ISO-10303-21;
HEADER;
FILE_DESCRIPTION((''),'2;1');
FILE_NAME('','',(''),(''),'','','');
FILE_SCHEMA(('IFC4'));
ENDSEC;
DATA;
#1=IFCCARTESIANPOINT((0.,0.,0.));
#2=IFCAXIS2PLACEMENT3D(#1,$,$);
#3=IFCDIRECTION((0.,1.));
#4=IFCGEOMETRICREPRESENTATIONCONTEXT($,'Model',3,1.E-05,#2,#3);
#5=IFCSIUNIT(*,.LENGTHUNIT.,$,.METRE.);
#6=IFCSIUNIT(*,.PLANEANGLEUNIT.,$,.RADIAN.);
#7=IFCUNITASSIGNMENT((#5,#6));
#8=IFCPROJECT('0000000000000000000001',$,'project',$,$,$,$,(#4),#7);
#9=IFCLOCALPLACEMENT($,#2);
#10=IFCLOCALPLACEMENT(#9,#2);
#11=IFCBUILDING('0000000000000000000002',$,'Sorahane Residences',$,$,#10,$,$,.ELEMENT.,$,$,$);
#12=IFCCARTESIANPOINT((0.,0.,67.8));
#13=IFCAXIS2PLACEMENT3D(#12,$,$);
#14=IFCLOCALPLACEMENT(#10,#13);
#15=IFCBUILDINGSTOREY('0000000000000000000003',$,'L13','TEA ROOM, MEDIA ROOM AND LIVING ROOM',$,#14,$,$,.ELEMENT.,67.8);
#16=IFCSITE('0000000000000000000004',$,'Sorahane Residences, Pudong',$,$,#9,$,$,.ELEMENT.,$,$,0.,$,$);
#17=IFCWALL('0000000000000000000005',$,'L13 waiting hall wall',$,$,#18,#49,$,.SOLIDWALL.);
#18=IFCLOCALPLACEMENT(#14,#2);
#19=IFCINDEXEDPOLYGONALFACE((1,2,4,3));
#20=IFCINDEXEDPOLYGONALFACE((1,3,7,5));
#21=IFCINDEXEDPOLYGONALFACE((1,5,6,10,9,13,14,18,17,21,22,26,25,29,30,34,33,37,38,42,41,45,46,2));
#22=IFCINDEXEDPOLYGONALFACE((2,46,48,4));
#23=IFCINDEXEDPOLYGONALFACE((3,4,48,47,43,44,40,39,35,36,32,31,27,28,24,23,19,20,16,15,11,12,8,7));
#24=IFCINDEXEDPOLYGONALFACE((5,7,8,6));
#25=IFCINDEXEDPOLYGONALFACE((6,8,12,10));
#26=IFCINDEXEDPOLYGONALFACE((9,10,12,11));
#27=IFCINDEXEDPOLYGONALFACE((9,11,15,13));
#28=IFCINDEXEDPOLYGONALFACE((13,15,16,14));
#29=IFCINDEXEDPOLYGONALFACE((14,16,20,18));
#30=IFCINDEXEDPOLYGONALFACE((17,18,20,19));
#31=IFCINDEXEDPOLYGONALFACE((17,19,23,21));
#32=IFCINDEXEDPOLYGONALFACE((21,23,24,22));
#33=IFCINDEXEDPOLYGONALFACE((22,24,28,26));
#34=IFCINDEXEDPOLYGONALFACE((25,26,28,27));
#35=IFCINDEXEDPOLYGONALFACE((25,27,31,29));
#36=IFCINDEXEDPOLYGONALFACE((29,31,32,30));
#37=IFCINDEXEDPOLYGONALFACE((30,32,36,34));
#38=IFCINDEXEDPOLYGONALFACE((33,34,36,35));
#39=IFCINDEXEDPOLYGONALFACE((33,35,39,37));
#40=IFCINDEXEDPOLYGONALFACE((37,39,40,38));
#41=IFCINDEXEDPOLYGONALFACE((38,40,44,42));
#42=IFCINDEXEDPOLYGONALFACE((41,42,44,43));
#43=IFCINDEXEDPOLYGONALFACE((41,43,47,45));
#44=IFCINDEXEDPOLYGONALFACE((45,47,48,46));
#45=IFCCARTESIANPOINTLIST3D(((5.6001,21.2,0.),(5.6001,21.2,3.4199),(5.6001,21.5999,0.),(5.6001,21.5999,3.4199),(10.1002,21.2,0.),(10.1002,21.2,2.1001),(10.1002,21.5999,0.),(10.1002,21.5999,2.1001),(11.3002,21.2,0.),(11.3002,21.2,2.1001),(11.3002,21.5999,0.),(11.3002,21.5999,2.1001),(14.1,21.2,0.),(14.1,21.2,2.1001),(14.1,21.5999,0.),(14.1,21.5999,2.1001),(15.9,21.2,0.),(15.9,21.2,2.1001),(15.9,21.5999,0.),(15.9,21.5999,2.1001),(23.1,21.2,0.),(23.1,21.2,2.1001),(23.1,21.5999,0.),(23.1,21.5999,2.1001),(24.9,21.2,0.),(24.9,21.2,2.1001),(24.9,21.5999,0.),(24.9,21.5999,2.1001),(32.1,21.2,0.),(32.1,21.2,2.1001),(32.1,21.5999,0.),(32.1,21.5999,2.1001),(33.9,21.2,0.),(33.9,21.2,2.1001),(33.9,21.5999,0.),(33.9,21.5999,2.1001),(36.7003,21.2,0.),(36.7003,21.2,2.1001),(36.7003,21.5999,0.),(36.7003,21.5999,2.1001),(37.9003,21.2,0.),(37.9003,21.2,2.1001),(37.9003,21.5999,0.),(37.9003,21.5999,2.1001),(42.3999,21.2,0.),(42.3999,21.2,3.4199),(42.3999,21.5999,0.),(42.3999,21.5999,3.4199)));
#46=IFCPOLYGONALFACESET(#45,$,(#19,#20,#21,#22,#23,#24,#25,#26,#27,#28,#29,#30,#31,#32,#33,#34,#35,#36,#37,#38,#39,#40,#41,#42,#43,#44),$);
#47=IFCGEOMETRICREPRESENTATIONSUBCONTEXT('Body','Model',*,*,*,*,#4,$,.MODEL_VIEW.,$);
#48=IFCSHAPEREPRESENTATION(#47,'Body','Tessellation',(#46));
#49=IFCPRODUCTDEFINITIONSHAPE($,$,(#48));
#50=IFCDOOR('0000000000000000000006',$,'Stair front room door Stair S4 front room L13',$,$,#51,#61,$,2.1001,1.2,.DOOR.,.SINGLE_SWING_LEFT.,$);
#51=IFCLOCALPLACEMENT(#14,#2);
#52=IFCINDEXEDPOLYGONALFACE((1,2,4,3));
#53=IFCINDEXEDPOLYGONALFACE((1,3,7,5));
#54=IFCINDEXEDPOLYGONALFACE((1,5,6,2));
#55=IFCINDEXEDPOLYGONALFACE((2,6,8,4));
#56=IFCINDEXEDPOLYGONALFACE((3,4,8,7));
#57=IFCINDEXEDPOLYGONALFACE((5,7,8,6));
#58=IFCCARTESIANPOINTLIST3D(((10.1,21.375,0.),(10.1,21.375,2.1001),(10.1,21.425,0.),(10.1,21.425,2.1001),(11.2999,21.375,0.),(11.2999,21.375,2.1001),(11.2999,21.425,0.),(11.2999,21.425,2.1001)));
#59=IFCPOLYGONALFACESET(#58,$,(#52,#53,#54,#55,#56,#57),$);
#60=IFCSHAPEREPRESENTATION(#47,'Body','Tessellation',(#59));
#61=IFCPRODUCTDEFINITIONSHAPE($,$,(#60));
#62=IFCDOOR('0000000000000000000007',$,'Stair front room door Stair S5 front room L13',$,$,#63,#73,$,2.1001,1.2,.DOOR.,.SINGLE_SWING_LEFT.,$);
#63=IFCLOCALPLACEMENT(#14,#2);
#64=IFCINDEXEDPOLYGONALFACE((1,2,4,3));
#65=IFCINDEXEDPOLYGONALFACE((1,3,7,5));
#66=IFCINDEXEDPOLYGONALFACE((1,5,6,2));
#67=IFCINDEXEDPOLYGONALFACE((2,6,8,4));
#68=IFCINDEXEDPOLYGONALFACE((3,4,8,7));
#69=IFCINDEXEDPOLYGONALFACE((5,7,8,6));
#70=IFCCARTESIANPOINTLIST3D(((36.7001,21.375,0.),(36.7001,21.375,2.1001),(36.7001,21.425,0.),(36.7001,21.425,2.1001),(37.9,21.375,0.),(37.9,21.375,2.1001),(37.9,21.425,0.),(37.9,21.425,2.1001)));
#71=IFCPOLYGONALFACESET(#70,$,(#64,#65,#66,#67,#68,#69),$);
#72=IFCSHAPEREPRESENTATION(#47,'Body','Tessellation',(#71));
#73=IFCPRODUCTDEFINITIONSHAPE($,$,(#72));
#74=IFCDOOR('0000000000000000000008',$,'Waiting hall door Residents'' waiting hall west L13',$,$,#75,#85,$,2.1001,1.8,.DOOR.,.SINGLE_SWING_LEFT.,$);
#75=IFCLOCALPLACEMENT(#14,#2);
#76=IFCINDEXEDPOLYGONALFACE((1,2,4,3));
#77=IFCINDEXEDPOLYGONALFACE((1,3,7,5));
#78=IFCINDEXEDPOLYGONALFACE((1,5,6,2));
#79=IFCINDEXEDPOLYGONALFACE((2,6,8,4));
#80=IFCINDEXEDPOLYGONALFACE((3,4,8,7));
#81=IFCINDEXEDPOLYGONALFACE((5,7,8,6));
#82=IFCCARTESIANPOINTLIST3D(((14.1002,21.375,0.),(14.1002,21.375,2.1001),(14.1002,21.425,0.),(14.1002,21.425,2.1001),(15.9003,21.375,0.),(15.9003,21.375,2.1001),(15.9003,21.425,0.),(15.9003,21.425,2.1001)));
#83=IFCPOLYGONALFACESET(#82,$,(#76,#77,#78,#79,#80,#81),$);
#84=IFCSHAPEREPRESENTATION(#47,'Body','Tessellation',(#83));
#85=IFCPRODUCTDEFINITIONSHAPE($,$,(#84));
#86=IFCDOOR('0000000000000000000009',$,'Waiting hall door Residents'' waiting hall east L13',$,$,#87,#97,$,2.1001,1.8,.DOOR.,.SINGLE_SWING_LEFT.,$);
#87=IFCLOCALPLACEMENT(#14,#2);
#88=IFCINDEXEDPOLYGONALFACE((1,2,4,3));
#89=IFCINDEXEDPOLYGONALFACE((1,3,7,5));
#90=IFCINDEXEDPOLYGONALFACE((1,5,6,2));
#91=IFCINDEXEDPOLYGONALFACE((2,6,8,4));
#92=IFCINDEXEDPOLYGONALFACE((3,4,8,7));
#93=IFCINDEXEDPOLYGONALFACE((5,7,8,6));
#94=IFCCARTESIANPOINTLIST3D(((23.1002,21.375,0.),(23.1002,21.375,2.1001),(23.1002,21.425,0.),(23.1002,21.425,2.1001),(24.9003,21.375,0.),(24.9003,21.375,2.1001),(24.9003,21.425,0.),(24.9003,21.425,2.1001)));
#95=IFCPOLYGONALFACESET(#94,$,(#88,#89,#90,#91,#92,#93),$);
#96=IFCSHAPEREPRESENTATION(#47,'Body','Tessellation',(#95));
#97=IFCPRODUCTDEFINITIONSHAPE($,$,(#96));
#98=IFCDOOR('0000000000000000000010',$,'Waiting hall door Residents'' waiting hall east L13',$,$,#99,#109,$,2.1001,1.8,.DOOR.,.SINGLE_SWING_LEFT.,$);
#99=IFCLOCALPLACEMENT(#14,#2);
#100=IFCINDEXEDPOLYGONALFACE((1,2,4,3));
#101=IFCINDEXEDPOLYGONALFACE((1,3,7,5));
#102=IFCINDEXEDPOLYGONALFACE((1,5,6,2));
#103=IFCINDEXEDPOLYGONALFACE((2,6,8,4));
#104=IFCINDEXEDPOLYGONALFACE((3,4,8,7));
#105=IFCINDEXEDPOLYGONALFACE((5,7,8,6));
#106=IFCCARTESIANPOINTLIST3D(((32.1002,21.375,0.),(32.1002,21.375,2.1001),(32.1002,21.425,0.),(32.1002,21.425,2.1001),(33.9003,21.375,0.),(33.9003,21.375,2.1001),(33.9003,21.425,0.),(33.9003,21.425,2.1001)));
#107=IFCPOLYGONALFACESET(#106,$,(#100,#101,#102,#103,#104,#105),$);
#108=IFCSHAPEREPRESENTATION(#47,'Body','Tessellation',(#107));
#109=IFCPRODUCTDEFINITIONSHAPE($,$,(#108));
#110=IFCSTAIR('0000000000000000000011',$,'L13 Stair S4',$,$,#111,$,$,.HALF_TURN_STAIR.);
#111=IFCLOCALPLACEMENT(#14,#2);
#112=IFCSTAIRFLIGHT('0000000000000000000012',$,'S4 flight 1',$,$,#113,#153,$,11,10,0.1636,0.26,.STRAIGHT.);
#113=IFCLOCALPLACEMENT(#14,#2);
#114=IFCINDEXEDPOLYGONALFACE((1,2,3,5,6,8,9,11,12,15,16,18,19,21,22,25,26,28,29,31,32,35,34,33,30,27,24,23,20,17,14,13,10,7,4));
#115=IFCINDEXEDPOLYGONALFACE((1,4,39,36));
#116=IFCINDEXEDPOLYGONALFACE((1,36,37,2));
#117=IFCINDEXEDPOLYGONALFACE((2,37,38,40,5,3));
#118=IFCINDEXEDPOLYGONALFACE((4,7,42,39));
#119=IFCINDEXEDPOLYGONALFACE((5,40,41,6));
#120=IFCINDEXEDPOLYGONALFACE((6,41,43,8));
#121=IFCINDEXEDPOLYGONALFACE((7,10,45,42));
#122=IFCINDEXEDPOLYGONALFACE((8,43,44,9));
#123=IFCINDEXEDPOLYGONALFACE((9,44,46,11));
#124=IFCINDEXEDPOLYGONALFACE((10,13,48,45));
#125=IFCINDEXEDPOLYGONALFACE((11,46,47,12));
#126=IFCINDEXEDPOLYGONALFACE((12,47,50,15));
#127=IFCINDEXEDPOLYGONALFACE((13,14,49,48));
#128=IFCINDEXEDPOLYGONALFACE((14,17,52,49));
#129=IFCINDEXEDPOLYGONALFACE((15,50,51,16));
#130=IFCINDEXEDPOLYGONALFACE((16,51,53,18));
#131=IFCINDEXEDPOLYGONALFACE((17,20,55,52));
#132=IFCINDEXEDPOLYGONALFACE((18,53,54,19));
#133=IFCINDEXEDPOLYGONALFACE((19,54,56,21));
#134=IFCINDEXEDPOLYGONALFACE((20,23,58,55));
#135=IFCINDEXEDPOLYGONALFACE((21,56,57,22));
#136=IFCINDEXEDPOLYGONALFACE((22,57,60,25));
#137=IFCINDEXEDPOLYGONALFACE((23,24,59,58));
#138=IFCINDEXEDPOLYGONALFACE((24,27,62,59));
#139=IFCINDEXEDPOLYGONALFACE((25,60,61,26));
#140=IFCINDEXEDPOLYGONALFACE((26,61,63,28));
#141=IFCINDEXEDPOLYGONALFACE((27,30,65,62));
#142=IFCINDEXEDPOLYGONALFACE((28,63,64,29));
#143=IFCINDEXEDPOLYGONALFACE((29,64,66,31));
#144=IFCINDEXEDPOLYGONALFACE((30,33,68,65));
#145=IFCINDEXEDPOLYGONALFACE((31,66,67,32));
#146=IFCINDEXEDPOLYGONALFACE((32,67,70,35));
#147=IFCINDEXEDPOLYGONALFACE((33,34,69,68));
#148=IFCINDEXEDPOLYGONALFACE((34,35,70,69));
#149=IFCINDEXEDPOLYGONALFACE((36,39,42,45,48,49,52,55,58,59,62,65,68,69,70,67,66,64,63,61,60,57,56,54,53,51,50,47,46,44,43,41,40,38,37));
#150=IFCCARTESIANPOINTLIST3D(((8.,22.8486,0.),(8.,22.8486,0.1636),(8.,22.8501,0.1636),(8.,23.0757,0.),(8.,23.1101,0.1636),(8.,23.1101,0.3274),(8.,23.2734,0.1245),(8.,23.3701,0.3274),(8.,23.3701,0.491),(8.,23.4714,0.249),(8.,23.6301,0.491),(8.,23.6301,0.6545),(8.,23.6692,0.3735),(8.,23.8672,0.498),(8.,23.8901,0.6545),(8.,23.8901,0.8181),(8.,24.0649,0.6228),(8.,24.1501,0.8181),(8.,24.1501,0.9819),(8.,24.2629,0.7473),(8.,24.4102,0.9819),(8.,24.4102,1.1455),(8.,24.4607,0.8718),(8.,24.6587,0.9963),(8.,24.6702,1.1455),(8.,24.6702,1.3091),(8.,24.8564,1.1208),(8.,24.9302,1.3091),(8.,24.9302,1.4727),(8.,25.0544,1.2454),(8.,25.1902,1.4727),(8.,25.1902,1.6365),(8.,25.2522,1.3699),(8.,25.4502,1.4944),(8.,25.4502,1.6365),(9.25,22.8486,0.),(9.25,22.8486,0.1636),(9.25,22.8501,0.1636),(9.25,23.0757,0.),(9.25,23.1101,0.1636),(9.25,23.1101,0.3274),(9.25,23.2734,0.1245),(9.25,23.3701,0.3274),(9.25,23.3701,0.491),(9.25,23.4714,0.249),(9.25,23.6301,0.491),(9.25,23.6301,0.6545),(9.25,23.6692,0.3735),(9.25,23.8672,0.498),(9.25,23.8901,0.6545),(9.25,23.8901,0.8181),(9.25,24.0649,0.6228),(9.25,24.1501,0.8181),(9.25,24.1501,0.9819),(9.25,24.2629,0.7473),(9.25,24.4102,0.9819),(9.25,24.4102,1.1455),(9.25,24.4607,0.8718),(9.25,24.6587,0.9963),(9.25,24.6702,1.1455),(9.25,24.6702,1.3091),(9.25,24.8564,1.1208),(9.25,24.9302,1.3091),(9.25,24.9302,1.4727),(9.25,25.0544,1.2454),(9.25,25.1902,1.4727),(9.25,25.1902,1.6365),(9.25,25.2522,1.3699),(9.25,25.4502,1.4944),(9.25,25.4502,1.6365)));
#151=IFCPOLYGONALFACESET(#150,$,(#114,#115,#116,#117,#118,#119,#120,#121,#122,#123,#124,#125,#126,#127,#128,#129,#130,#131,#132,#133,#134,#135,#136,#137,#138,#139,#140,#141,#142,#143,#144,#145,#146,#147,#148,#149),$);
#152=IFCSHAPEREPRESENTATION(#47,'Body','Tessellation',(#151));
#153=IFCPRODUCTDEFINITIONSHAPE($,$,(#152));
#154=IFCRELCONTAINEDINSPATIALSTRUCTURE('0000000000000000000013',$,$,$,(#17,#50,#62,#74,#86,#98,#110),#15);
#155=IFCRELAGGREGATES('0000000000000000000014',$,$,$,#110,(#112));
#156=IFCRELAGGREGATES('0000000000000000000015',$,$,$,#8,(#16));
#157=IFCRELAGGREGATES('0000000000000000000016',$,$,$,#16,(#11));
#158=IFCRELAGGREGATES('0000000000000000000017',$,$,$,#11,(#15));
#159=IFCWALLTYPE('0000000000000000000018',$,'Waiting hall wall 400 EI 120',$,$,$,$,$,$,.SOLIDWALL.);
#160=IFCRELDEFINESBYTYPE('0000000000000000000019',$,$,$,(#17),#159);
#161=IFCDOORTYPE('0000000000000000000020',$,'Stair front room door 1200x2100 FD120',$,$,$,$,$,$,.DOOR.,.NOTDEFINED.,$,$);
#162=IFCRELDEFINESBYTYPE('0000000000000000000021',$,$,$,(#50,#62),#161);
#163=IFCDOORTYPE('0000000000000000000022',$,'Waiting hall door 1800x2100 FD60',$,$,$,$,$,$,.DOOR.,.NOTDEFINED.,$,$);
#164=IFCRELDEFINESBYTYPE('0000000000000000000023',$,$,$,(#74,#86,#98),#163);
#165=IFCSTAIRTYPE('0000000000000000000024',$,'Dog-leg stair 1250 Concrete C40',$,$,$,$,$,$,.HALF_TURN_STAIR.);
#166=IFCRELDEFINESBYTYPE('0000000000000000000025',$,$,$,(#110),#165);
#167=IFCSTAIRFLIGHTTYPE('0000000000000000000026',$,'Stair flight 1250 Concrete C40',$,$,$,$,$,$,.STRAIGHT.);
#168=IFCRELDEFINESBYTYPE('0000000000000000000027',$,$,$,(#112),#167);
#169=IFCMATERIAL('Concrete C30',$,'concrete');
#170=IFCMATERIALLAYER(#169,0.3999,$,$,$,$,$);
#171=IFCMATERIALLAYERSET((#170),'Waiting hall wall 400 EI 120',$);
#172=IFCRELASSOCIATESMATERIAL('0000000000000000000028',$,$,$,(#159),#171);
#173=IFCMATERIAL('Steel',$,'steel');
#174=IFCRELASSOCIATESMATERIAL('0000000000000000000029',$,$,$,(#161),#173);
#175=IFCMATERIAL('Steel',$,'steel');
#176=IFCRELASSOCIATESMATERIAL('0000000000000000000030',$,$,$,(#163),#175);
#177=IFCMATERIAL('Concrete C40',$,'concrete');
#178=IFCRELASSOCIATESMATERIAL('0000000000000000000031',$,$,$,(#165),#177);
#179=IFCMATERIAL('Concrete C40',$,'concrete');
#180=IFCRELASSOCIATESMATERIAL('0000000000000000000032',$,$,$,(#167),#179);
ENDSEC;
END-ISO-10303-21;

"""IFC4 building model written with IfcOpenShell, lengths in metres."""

from ifc_helpers import new_model, si_unit, direction, frame, frame_2d, origin, place, context, subcontext, project, spatial, polyline, rectangle, outline, extrude, material, layer, layer_set, type_object, element, fill, aggregate, save


model = new_model("IFC4")

# Units and contexts
model_context = context("Model", 3, precision=1e-05, world=origin(), true_north=direction((0.0, 1.0)))
body_context = subcontext(model_context, "Body", "Model", "MODEL_VIEW")
ifc_project = project(units=[si_unit("LENGTHUNIT", "METRE"), si_unit("PLANEANGLEUNIT", "RADIAN")], contexts=[model_context])

# Site, building, storey
site_placement = place(None, origin())
site = spatial("IfcSite", under=ifc_project, at=site_placement, Name="Sorahane Residences, Pudong", CompositionType="ELEMENT", RefElevation=0.0)
building_placement = place(site_placement, origin())
building = spatial("IfcBuilding", under=site, at=building_placement, Name="Sorahane Residences", CompositionType="ELEMENT")
storey_placement = place(building_placement, frame((0.0, 0.0, 67.8)))
storey = spatial("IfcBuildingStorey", under=building, at=storey_placement, Name="L13", Description="TEA ROOM, MEDIA ROOM AND LIVING ROOM", CompositionType="ELEMENT", Elevation=67.8)

# Wall, openings, doors
ifc_material_1 = material(Name="Concrete C30", Category="concrete")
ifc_layer_1 = layer(ifc_material_1, 0.3999)
ifc_layer_set_1 = layer_set([ifc_layer_1], Name="Waiting hall wall 400 EI 120")
wall_type_1 = type_object("IfcWallType", Name="Waiting hall wall 400 EI 120", PredefinedType="SOLIDWALL", material=ifc_layer_set_1)
wall_1_placement = place(storey_placement, frame((5.6001, 21.3999, 0.0), z_axis=(0.0, 0.0, 1.0), x_axis=(1.0, 0.0, 0.0)))
wall_1 = element("IfcWall", 1, at=wall_1_placement, inside=storey, type_object=wall_type_1, Name="L13 waiting hall wall", PredefinedType="SOLIDWALL", context=body_context, shape_type="SweptSolid", body=[
    extrude(rectangle(XDim=36.7998, YDim=0.3999, at=frame_2d((18.3999, 0.0))), origin(), (0.0, 0.0, 1.0), 3.4199),
])
opening_1_placement = place(wall_1_placement, frame((8.5, 0.0, 0.0)))
opening_1 = element("IfcOpeningElement", 2, at=opening_1_placement, cuts=wall_1, PredefinedType="OPENING", context=body_context, shape_type="SweptSolid", body=[
    extrude(rectangle(XDim=1.8, YDim=2.1001, at=frame_2d((0.8999, 1.05))), frame((0.0, 0.21, 0.0), z_axis=(0.0, -1.0, 0.0), x_axis=(1.0, 0.0, 0.0)), (0.0, 0.0, 1.0), 0.4199),
])
opening_2_placement = place(wall_1_placement, frame((17.5, 0.0, 0.0)))
opening_2 = element("IfcOpeningElement", 3, at=opening_2_placement, cuts=wall_1, PredefinedType="OPENING", context=body_context, shape_type="SweptSolid", body=[
    extrude(rectangle(XDim=1.8, YDim=2.1001, at=frame_2d((0.8999, 1.05))), frame((0.0, 0.21, 0.0), z_axis=(0.0, -1.0, 0.0), x_axis=(1.0, 0.0, 0.0)), (0.0, 0.0, 1.0), 0.4199),
])
opening_3_placement = place(wall_1_placement, frame((26.5, 0.0, 0.0)))
opening_3 = element("IfcOpeningElement", 4, at=opening_3_placement, cuts=wall_1, PredefinedType="OPENING", context=body_context, shape_type="SweptSolid", body=[
    extrude(rectangle(XDim=1.8, YDim=2.1001, at=frame_2d((0.8999, 1.05))), frame((0.0, 0.21, 0.0), z_axis=(0.0, -1.0, 0.0), x_axis=(1.0, 0.0, 0.0)), (0.0, 0.0, 1.0), 0.4199),
])
opening_4_placement = place(wall_1_placement, frame((4.5, 0.0, 0.0)))
opening_4 = element("IfcOpeningElement", 5, at=opening_4_placement, cuts=wall_1, PredefinedType="OPENING", context=body_context, shape_type="SweptSolid", body=[
    extrude(rectangle(XDim=1.2, YDim=2.1001, at=frame_2d((0.6001, 1.05))), frame((0.0, 0.21, 0.0), z_axis=(0.0, -1.0, 0.0), x_axis=(1.0, 0.0, 0.0)), (0.0, 0.0, 1.0), 0.4199),
])
opening_5_placement = place(wall_1_placement, frame((31.1001, 0.0, 0.0)))
opening_5 = element("IfcOpeningElement", 6, at=opening_5_placement, cuts=wall_1, PredefinedType="OPENING", context=body_context, shape_type="SweptSolid", body=[
    extrude(rectangle(XDim=1.2, YDim=2.1001, at=frame_2d((0.6001, 1.05))), frame((0.0, 0.21, 0.0), z_axis=(0.0, -1.0, 0.0), x_axis=(1.0, 0.0, 0.0)), (0.0, 0.0, 1.0), 0.4199),
])
ifc_material_2 = material(Name="Steel", Category="steel")
door_type_1 = type_object("IfcDoorType", Name="Stair front room door 1200x2100 FD120", OperationType="NOTDEFINED", PredefinedType="DOOR", material=ifc_material_2)
door_1_placement = place(opening_4_placement, frame((1.2, 0.0, 0.0), z_axis=(0.0, 0.0, 1.0), x_axis=(-1.0, 0.0, 0.0)))
door_1 = element("IfcDoor", 7, at=door_1_placement, inside=storey, type_object=door_type_1, Name="Stair front room door Stair S4 front room L13", OperationType="SINGLE_SWING_LEFT", OverallHeight=2.1001, OverallWidth=1.2, PredefinedType="DOOR", context=body_context, shape_type="SweptSolid", body=[
    extrude(rectangle(XDim=1.2, YDim=2.1001, at=frame_2d((0.6001, 1.05))), frame((0.0, 0.0249, 0.0), z_axis=(0.0, -1.0, 0.0), x_axis=(1.0, 0.0, 0.0)), (0.0, 0.0, 1.0), 0.05),
])
fill(opening_4, door_1)
door_2_placement = place(opening_5_placement, frame((1.2, 0.0, 0.0), z_axis=(0.0, 0.0, 1.0), x_axis=(-1.0, 0.0, 0.0)))
door_2 = element("IfcDoor", 8, at=door_2_placement, inside=storey, type_object=door_type_1, Name="Stair front room door Stair S5 front room L13", OperationType="SINGLE_SWING_LEFT", OverallHeight=2.1001, OverallWidth=1.2, PredefinedType="DOOR", context=body_context, shape_type="SweptSolid", body=[
    extrude(rectangle(XDim=1.2, YDim=2.1001, at=frame_2d((0.6001, 1.05))), frame((0.0, 0.0249, 0.0), z_axis=(0.0, -1.0, 0.0), x_axis=(1.0, 0.0, 0.0)), (0.0, 0.0, 1.0), 0.05),
])
fill(opening_5, door_2)
ifc_material_3 = material(Name="Steel", Category="steel")
door_type_2 = type_object("IfcDoorType", Name="Waiting hall door 1800x2100 FD60", OperationType="NOTDEFINED", PredefinedType="DOOR", material=ifc_material_3)
door_3_placement = place(opening_1_placement, frame((1.8, 0.0, 0.0), z_axis=(0.0, 0.0, 1.0), x_axis=(-1.0, 0.0, 0.0)))
door_3 = element("IfcDoor", 9, at=door_3_placement, inside=storey, type_object=door_type_2, Name="Waiting hall door Residents' waiting hall west L13", OperationType="SINGLE_SWING_LEFT", OverallHeight=2.1001, OverallWidth=1.8, PredefinedType="DOOR", context=body_context, shape_type="SweptSolid", body=[
    extrude(rectangle(XDim=1.8, YDim=2.1001, at=frame_2d((0.8999, 1.05))), frame((0.0, 0.0249, 0.0), z_axis=(0.0, -1.0, 0.0), x_axis=(1.0, 0.0, 0.0)), (0.0, 0.0, 1.0), 0.05),
])
fill(opening_1, door_3)
door_4_placement = place(opening_2_placement, frame((1.8, 0.0, 0.0), z_axis=(0.0, 0.0, 1.0), x_axis=(-1.0, 0.0, 0.0)))
door_4 = element("IfcDoor", 10, at=door_4_placement, inside=storey, type_object=door_type_2, Name="Waiting hall door Residents' waiting hall east L13", OperationType="SINGLE_SWING_LEFT", OverallHeight=2.1001, OverallWidth=1.8, PredefinedType="DOOR", context=body_context, shape_type="SweptSolid", body=[
    extrude(rectangle(XDim=1.8, YDim=2.1001, at=frame_2d((0.8999, 1.05))), frame((0.0, 0.0249, 0.0), z_axis=(0.0, -1.0, 0.0), x_axis=(1.0, 0.0, 0.0)), (0.0, 0.0, 1.0), 0.05),
])
fill(opening_2, door_4)
door_5_placement = place(opening_3_placement, frame((1.8, 0.0, 0.0), z_axis=(0.0, 0.0, 1.0), x_axis=(-1.0, 0.0, 0.0)))
door_5 = element("IfcDoor", 11, at=door_5_placement, inside=storey, type_object=door_type_2, Name="Waiting hall door Residents' waiting hall east L13", OperationType="SINGLE_SWING_LEFT", OverallHeight=2.1001, OverallWidth=1.8, PredefinedType="DOOR", context=body_context, shape_type="SweptSolid", body=[
    extrude(rectangle(XDim=1.8, YDim=2.1001, at=frame_2d((0.8999, 1.05))), frame((0.0, 0.0249, 0.0), z_axis=(0.0, -1.0, 0.0), x_axis=(1.0, 0.0, 0.0)), (0.0, 0.0, 1.0), 0.05),
])
fill(opening_3, door_5)

# Stair, stair flight
ifc_material_4 = material(Name="Concrete C40", Category="concrete")
stair_type = type_object("IfcStairType", Name="Dog-leg stair 1250 Concrete C40", PredefinedType="HALF_TURN_STAIR", material=ifc_material_4)
stair_placement = place(storey_placement, origin())
stair = element("IfcStair", 12, at=stair_placement, inside=storey, type_object=stair_type, Name="L13 Stair S4", PredefinedType="HALF_TURN_STAIR")
ifc_material_5 = material(Name="Concrete C40", Category="concrete")
stair_flight_type = type_object("IfcStairFlightType", Name="Stair flight 1250 Concrete C40", PredefinedType="STRAIGHT", material=ifc_material_5)
stair_flight_placement = place(storey_placement, frame((8.625, 22.8501, 0.0), z_axis=(0.0, 0.0, 1.0), x_axis=(0.0, 1.0, 0.0)))
stair_flight = element("IfcStairFlight", 13, at=stair_flight_placement, type_object=stair_flight_type, Name="S4 flight 1", NumberOfRisers=11, NumberOfTreads=10, PredefinedType="STRAIGHT", RiserHeight=0.1636, TreadLength=0.26, context=body_context, shape_type="SweptSolid", body=[
    extrude(outline(polyline([(-0.0015, 0.0), (-0.0015, 0.1636), (0.0, 0.1636), (0.26, 0.1636), (0.26, 0.3274), (0.52, 0.3274), (0.52, 0.491), (0.78, 0.491), (0.78, 0.6545), (1.04, 0.6545), (1.04, 0.8181), (1.3, 0.8181), (1.3, 0.9819), (1.5601, 0.9819), (1.5601, 1.1455), (1.8201, 1.1455), (1.8201, 1.3091), (2.0801, 1.3091), (2.0801, 1.4727), (2.3401, 1.4727), (2.3401, 1.6365), (2.6001, 1.6365), (2.6001, 1.8), (2.6001, 1.4944), (2.4021, 1.3699), (2.2043, 1.2454), (2.0063, 1.1208), (1.8086, 0.9963), (1.6106, 0.8718), (1.4128, 0.7473), (1.2148, 0.6228), (1.0171, 0.498), (0.8191, 0.3735), (0.6213, 0.249), (0.4233, 0.1245), (0.2256, 0.0), (-0.0015, 0.0)])), frame((0.0, 0.625, 0.0), z_axis=(0.0, -1.0, 0.0), x_axis=(1.0, 0.0, 0.0)), (0.0, 0.0, 1.0), 1.25),
])
aggregate(stair, [stair_flight])

save(model, "model.ifc")
